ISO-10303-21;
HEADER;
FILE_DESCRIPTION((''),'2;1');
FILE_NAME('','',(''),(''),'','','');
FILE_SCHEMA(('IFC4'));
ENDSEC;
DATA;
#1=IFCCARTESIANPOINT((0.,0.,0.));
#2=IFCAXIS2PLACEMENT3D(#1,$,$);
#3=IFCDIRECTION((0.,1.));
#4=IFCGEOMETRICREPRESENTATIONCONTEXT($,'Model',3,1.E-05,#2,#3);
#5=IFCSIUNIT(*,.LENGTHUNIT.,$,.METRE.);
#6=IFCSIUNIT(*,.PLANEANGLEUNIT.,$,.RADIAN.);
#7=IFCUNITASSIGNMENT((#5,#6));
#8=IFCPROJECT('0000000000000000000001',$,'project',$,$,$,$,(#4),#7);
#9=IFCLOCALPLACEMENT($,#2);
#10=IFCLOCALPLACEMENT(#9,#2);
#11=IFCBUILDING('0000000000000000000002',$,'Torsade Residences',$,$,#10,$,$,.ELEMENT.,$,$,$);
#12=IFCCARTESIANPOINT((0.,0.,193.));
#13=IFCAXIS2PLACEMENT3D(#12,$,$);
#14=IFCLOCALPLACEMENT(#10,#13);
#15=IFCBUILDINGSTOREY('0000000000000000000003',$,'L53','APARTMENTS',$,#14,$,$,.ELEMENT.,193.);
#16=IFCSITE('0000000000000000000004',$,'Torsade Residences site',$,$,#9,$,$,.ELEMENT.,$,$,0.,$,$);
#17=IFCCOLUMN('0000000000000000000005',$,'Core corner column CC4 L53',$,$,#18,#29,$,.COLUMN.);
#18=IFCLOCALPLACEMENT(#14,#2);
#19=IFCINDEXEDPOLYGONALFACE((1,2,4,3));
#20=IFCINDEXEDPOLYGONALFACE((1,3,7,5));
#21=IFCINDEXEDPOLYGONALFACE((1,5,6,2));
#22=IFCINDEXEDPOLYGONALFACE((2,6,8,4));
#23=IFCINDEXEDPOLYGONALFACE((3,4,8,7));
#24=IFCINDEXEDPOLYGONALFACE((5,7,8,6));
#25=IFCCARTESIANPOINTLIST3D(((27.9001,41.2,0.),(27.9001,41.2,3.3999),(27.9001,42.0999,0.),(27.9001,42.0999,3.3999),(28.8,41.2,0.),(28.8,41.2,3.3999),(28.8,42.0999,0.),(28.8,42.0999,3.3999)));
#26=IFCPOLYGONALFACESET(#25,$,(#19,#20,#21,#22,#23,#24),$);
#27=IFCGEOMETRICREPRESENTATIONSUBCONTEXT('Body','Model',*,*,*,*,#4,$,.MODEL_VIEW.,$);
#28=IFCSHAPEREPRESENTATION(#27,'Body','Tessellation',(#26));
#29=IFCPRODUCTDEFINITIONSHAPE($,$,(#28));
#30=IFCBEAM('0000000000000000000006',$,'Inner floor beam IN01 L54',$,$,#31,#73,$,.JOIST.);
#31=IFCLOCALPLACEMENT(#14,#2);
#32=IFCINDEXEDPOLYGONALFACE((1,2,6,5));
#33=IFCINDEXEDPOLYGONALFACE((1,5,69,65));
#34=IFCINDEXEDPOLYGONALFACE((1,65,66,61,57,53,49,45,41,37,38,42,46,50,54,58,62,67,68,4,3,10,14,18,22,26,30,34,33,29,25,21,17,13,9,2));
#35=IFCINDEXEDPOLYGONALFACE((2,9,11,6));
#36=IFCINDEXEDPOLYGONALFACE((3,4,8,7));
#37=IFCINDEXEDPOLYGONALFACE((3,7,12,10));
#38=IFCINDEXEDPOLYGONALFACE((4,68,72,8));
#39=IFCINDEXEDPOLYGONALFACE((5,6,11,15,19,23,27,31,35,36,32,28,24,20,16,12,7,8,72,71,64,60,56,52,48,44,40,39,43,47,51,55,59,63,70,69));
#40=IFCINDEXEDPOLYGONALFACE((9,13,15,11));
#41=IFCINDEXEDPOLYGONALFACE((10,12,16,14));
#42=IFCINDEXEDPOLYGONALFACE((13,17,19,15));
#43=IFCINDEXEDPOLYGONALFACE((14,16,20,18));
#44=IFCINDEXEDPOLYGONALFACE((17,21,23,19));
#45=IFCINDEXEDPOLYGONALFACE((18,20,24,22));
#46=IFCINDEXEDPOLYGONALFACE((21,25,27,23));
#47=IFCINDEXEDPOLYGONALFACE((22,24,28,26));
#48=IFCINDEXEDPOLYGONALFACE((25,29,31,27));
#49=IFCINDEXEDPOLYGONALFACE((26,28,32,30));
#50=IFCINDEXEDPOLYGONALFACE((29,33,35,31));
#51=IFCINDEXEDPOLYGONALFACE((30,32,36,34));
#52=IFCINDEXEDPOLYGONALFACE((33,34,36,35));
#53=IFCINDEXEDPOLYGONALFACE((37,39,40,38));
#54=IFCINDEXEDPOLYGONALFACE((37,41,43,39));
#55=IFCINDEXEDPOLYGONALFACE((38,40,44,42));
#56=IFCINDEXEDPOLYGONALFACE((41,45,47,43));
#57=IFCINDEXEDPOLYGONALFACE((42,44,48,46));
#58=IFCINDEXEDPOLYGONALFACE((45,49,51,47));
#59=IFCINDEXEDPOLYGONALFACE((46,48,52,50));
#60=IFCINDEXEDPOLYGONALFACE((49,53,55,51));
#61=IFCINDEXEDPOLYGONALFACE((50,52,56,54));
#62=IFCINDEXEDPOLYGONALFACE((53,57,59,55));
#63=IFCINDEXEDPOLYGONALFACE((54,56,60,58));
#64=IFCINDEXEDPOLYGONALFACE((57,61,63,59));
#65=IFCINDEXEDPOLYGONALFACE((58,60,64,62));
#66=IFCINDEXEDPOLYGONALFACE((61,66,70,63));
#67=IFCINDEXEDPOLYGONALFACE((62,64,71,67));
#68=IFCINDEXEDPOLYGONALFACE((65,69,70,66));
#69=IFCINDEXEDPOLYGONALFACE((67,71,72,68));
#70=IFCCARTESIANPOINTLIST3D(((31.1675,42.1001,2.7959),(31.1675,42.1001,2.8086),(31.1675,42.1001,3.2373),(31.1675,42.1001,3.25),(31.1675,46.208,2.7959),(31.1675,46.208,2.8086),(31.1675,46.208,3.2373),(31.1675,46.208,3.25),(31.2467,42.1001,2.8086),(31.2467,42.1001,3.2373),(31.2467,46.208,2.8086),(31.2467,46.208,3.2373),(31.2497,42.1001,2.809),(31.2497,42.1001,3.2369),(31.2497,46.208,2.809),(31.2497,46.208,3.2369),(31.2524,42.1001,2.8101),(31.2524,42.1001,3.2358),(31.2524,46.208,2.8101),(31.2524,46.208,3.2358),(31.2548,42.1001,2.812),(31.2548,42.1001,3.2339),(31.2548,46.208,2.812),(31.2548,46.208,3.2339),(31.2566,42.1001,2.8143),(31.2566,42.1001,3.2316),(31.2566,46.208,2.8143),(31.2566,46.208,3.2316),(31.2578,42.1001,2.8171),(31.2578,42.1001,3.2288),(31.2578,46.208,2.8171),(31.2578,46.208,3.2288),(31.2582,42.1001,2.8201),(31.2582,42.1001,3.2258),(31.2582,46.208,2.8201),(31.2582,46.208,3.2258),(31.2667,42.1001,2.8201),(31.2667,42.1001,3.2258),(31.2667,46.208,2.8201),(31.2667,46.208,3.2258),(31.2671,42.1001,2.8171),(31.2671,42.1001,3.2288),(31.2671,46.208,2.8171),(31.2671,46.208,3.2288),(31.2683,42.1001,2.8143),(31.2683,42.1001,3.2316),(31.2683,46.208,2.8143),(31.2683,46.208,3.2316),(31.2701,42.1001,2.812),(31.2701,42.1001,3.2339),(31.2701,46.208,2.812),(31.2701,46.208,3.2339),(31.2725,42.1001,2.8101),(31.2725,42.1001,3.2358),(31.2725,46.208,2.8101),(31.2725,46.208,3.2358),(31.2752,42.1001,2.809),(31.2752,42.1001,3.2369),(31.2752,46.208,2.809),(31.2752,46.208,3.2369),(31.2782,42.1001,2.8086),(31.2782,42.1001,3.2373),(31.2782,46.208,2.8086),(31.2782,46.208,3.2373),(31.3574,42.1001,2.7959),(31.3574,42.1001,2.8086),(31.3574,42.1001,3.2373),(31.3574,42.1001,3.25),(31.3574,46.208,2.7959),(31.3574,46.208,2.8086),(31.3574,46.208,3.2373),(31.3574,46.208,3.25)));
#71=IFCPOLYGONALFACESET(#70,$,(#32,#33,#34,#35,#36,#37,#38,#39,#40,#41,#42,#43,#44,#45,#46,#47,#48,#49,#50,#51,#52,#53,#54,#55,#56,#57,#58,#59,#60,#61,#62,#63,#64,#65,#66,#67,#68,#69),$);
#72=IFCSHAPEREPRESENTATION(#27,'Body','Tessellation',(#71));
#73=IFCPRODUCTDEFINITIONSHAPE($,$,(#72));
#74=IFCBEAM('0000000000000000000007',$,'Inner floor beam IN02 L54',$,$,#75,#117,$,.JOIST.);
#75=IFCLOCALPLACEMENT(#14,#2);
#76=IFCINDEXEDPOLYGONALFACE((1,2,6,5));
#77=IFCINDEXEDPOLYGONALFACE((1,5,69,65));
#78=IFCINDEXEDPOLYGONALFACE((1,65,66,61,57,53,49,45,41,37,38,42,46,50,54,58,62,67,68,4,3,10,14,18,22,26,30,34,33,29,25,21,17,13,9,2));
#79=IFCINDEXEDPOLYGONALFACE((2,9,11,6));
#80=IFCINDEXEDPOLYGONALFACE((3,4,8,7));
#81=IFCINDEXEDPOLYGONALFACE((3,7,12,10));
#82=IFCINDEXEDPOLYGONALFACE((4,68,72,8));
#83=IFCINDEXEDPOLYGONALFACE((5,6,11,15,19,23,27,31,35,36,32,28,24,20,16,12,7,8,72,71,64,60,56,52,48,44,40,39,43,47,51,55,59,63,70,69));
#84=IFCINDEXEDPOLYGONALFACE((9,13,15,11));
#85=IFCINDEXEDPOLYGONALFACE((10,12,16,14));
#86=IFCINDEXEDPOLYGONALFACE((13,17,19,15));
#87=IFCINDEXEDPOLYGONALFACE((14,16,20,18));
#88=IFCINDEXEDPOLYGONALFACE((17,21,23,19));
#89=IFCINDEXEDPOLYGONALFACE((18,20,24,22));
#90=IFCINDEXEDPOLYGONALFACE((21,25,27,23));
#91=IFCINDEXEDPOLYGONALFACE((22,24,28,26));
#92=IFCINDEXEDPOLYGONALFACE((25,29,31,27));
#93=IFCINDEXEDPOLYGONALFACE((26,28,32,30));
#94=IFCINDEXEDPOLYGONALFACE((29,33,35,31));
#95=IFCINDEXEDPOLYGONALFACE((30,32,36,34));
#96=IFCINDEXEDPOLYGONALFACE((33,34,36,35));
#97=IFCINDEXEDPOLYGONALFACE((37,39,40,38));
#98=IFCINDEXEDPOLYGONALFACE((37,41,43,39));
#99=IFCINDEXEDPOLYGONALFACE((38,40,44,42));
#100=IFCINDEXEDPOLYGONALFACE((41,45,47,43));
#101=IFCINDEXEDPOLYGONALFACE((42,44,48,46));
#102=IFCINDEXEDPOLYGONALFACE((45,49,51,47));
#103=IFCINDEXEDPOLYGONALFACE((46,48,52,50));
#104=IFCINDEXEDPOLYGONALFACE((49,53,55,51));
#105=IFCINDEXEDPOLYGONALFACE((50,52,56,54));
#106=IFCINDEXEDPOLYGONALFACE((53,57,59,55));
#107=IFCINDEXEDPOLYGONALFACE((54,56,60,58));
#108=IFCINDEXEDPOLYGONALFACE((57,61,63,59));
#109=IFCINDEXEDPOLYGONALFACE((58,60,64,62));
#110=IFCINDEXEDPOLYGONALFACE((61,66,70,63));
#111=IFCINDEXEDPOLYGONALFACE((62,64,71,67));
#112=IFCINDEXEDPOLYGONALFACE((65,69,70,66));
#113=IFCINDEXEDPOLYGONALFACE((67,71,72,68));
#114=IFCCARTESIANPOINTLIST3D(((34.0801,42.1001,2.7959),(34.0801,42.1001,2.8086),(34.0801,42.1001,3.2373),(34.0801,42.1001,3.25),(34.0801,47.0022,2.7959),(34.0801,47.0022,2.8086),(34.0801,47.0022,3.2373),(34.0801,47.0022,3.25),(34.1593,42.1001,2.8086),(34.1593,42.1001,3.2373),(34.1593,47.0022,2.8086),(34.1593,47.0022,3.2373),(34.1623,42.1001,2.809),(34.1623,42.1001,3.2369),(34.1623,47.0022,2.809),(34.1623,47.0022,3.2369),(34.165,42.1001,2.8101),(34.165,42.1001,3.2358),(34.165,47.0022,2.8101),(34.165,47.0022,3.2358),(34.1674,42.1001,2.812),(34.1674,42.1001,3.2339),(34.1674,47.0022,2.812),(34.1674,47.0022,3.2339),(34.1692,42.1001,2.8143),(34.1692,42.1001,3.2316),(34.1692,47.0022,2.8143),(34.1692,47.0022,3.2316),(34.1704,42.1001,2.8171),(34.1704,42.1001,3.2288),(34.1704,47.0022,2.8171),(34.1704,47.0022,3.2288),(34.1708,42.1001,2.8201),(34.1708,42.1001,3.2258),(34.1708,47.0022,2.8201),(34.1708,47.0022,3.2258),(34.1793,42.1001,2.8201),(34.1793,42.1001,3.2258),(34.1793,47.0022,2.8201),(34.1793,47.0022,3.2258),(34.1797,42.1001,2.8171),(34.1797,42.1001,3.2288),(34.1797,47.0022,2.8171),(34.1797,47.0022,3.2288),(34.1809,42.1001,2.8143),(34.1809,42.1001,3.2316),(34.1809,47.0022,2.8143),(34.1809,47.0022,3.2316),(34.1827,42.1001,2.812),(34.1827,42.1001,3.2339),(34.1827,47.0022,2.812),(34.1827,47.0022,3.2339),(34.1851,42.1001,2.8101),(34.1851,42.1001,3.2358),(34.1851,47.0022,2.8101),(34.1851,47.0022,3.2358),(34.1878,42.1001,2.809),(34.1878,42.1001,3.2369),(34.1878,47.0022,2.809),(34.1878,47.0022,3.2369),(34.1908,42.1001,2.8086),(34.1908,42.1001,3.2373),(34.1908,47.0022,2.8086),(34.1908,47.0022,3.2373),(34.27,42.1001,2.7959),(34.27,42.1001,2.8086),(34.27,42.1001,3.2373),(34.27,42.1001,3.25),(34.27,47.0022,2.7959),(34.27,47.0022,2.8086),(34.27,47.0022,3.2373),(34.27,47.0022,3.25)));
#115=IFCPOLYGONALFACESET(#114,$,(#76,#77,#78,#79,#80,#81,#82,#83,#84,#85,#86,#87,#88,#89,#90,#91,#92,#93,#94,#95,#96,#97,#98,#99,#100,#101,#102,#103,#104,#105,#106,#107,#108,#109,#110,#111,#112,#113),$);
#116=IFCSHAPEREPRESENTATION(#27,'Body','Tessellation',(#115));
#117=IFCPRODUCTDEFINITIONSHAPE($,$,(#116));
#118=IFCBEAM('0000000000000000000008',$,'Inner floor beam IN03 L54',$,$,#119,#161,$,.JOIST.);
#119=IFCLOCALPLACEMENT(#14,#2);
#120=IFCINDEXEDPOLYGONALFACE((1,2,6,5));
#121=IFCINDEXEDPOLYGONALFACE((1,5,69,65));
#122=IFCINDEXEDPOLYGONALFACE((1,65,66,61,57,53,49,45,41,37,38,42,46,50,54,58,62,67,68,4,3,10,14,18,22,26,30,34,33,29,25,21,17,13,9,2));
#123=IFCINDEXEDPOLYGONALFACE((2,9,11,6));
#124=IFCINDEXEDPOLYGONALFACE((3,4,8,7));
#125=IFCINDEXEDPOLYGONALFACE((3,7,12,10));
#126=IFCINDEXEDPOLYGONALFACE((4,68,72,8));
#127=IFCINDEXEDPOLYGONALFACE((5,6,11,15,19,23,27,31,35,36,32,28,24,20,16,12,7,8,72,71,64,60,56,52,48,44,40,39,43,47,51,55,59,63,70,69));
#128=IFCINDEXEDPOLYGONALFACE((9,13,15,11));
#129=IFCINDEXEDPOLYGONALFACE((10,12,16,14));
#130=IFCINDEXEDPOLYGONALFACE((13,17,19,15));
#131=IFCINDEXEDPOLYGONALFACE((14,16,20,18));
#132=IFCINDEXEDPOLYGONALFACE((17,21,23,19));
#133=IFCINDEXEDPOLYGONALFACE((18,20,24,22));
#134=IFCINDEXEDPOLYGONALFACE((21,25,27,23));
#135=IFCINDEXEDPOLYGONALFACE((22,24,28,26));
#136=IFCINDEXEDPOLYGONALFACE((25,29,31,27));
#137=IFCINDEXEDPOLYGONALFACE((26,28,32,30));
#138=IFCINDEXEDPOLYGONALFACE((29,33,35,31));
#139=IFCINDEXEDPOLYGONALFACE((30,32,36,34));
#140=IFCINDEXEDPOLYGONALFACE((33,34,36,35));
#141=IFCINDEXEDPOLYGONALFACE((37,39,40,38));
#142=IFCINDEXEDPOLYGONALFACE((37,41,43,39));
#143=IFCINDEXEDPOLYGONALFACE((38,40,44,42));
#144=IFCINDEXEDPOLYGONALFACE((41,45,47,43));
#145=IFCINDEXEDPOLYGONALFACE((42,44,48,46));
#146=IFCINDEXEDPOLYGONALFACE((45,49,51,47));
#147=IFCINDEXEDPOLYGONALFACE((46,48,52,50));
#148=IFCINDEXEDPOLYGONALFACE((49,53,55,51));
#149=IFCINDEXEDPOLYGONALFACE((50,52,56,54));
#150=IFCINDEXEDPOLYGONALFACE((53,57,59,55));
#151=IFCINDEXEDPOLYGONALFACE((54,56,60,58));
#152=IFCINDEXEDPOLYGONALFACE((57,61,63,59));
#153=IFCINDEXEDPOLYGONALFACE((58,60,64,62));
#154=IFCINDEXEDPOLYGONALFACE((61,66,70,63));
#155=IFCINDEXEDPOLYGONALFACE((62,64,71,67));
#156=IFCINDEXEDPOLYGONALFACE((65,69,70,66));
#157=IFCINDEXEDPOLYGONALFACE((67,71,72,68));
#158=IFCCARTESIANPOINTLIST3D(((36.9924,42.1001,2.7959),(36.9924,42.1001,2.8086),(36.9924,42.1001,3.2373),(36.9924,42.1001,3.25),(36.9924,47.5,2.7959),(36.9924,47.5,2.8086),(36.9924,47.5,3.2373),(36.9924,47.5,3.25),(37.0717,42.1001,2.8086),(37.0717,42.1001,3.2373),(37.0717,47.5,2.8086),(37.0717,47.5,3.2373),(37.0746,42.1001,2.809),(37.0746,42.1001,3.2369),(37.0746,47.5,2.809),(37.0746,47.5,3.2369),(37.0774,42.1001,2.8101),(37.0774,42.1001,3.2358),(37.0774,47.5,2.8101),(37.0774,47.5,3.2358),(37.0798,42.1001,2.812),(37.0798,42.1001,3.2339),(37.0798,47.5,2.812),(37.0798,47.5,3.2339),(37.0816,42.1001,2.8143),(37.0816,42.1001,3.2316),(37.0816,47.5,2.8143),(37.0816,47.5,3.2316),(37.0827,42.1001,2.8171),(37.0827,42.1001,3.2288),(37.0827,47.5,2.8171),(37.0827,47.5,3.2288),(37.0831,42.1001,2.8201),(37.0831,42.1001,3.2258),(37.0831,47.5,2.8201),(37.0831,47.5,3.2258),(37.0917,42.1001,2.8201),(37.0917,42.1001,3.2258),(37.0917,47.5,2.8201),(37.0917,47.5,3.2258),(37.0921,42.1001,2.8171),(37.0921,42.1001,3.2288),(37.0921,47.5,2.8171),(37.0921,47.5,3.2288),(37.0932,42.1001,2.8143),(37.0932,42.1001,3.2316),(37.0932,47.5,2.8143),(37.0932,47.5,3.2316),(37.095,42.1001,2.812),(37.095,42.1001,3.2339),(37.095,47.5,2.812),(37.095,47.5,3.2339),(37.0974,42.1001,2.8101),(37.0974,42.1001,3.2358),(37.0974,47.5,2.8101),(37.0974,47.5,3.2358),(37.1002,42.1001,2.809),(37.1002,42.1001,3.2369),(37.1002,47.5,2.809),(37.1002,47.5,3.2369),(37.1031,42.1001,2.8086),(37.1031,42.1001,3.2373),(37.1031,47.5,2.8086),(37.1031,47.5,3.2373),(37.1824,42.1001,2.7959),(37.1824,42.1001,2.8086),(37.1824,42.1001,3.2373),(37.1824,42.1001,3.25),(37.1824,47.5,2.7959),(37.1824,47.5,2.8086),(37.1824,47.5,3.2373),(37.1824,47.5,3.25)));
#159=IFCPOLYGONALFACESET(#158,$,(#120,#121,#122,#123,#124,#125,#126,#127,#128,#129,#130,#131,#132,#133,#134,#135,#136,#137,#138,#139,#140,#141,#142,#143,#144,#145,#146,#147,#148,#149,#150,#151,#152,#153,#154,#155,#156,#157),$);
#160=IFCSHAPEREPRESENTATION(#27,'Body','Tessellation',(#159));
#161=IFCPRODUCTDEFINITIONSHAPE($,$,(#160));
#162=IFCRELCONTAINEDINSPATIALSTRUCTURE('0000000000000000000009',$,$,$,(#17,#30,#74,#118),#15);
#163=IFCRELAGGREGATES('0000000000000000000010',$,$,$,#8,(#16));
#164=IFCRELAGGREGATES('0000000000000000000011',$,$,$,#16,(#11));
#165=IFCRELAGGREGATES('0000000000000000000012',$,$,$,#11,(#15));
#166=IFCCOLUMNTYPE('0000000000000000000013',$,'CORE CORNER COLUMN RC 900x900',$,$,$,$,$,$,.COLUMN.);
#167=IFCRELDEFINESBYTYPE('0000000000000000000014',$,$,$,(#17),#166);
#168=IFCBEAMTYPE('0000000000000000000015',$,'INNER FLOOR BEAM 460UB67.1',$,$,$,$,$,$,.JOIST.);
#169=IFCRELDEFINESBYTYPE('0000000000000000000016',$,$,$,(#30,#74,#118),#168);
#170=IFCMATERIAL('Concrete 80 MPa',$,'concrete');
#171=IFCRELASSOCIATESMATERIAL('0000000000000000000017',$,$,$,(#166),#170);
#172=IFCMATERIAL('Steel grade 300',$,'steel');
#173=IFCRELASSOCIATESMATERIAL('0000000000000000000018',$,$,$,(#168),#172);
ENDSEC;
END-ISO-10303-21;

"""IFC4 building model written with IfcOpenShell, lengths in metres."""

from ifc_helpers import new_model, si_unit, direction, frame, origin, origin_2d, place, context, subcontext, project, spatial, rectangle, i_section, extrude, material, material_profile, profile_set, type_object, element, save


model = new_model("IFC4")

# Units and contexts
model_context = context("Model", 3, precision=1e-05, world=origin(), true_north=direction((0.0, 1.0)))
body_context = subcontext(model_context, "Body", "Model", "MODEL_VIEW")
ifc_project = project(units=[si_unit("LENGTHUNIT", "METRE"), si_unit("PLANEANGLEUNIT", "RADIAN")], contexts=[model_context])

# Site, building, storey
site_placement = place(None, origin())
site = spatial("IfcSite", under=ifc_project, at=site_placement, Name="Torsade Residences site", CompositionType="ELEMENT", RefElevation=0.0)
building_placement = place(site_placement, origin())
building = spatial("IfcBuilding", under=site, at=building_placement, Name="Torsade Residences", CompositionType="ELEMENT")
storey_placement = place(building_placement, frame((0.0, 0.0, 193.0)))
storey = spatial("IfcBuildingStorey", under=building, at=storey_placement, Name="L53", Description="APARTMENTS", CompositionType="ELEMENT", Elevation=193.0)

# Column
ifc_material_1 = material(Name="Concrete 80 MPa", Category="concrete")
ifc_material_profile_1 = material_profile(ifc_material_1, rectangle(XDim=0.8999, YDim=0.8999, at=origin_2d()), Name="RC 900x900")
ifc_profile_set_1 = profile_set([ifc_material_profile_1], Name="Concrete 80 MPa")
column_type = type_object("IfcColumnType", Name="CORE CORNER COLUMN RC 900x900", PredefinedType="COLUMN", material=ifc_profile_set_1)
column_placement = place(storey_placement, frame((28.3501, 41.6499, 0.0), z_axis=(0.0, 0.0, 1.0), x_axis=(1.0, 0.0, 0.0)))
element("IfcColumn", 1, at=column_placement, inside=storey, type_object=column_type, Name="Core corner column CC4 L53", PredefinedType="COLUMN", context=body_context, shape_type="SweptSolid", body=[
    extrude(rectangle(XDim=0.8999, YDim=0.8999, at=origin_2d()), origin(), (0.0, 0.0, 1.0), 3.3999),
])

# Beams
ifc_material_2 = material(Name="Steel grade 300", Category="steel")
ifc_material_profile_2 = material_profile(ifc_material_2, i_section(OverallWidth=0.1899, OverallDepth=0.4541, WebThickness=0.0085, FlangeThickness=0.0127, FilletRadius=0.0115, at=origin_2d()), Name="460UB67.1")
ifc_profile_set_2 = profile_set([ifc_material_profile_2], Name="Steel grade 300")
beam_type = type_object("IfcBeamType", Name="INNER FLOOR BEAM 460UB67.1", PredefinedType="JOIST", material=ifc_profile_set_2)
beam_1_placement = place(storey_placement, frame((31.2625, 42.1001, 3.0229), z_axis=(0.0, 1.0, 0.0), x_axis=(-1.0, 0.0, 0.0)))
element("IfcBeam", 2, at=beam_1_placement, inside=storey, type_object=beam_type, Name="Inner floor beam IN01 L54", PredefinedType="JOIST", context=body_context, shape_type="SweptSolid", body=[
    extrude(i_section(OverallWidth=0.1899, OverallDepth=0.4541, WebThickness=0.0085, FlangeThickness=0.0127, FilletRadius=0.0115, at=origin_2d()), origin(), (0.0, 0.0, 1.0), 4.1079),
])
beam_2_placement = place(storey_placement, frame((34.175, 42.1001, 3.0229), z_axis=(0.0, 1.0, 0.0), x_axis=(-1.0, 0.0, 0.0)))
element("IfcBeam", 3, at=beam_2_placement, inside=storey, type_object=beam_type, Name="Inner floor beam IN02 L54", PredefinedType="JOIST", context=body_context, shape_type="SweptSolid", body=[
    extrude(i_section(OverallWidth=0.1899, OverallDepth=0.4541, WebThickness=0.0085, FlangeThickness=0.0127, FilletRadius=0.0115, at=origin_2d()), origin(), (0.0, 0.0, 1.0), 4.9021),
])
beam_3_placement = place(storey_placement, frame((37.0874, 42.1001, 3.0229), z_axis=(0.0, 1.0, 0.0), x_axis=(-1.0, 0.0, 0.0)))
element("IfcBeam", 4, at=beam_3_placement, inside=storey, type_object=beam_type, Name="Inner floor beam IN03 L54", PredefinedType="JOIST", context=body_context, shape_type="SweptSolid", body=[
    extrude(i_section(OverallWidth=0.1899, OverallDepth=0.4541, WebThickness=0.0085, FlangeThickness=0.0127, FilletRadius=0.0115, at=origin_2d()), origin(), (0.0, 0.0, 1.0), 5.3999),
])

save(model, "model.ifc")
